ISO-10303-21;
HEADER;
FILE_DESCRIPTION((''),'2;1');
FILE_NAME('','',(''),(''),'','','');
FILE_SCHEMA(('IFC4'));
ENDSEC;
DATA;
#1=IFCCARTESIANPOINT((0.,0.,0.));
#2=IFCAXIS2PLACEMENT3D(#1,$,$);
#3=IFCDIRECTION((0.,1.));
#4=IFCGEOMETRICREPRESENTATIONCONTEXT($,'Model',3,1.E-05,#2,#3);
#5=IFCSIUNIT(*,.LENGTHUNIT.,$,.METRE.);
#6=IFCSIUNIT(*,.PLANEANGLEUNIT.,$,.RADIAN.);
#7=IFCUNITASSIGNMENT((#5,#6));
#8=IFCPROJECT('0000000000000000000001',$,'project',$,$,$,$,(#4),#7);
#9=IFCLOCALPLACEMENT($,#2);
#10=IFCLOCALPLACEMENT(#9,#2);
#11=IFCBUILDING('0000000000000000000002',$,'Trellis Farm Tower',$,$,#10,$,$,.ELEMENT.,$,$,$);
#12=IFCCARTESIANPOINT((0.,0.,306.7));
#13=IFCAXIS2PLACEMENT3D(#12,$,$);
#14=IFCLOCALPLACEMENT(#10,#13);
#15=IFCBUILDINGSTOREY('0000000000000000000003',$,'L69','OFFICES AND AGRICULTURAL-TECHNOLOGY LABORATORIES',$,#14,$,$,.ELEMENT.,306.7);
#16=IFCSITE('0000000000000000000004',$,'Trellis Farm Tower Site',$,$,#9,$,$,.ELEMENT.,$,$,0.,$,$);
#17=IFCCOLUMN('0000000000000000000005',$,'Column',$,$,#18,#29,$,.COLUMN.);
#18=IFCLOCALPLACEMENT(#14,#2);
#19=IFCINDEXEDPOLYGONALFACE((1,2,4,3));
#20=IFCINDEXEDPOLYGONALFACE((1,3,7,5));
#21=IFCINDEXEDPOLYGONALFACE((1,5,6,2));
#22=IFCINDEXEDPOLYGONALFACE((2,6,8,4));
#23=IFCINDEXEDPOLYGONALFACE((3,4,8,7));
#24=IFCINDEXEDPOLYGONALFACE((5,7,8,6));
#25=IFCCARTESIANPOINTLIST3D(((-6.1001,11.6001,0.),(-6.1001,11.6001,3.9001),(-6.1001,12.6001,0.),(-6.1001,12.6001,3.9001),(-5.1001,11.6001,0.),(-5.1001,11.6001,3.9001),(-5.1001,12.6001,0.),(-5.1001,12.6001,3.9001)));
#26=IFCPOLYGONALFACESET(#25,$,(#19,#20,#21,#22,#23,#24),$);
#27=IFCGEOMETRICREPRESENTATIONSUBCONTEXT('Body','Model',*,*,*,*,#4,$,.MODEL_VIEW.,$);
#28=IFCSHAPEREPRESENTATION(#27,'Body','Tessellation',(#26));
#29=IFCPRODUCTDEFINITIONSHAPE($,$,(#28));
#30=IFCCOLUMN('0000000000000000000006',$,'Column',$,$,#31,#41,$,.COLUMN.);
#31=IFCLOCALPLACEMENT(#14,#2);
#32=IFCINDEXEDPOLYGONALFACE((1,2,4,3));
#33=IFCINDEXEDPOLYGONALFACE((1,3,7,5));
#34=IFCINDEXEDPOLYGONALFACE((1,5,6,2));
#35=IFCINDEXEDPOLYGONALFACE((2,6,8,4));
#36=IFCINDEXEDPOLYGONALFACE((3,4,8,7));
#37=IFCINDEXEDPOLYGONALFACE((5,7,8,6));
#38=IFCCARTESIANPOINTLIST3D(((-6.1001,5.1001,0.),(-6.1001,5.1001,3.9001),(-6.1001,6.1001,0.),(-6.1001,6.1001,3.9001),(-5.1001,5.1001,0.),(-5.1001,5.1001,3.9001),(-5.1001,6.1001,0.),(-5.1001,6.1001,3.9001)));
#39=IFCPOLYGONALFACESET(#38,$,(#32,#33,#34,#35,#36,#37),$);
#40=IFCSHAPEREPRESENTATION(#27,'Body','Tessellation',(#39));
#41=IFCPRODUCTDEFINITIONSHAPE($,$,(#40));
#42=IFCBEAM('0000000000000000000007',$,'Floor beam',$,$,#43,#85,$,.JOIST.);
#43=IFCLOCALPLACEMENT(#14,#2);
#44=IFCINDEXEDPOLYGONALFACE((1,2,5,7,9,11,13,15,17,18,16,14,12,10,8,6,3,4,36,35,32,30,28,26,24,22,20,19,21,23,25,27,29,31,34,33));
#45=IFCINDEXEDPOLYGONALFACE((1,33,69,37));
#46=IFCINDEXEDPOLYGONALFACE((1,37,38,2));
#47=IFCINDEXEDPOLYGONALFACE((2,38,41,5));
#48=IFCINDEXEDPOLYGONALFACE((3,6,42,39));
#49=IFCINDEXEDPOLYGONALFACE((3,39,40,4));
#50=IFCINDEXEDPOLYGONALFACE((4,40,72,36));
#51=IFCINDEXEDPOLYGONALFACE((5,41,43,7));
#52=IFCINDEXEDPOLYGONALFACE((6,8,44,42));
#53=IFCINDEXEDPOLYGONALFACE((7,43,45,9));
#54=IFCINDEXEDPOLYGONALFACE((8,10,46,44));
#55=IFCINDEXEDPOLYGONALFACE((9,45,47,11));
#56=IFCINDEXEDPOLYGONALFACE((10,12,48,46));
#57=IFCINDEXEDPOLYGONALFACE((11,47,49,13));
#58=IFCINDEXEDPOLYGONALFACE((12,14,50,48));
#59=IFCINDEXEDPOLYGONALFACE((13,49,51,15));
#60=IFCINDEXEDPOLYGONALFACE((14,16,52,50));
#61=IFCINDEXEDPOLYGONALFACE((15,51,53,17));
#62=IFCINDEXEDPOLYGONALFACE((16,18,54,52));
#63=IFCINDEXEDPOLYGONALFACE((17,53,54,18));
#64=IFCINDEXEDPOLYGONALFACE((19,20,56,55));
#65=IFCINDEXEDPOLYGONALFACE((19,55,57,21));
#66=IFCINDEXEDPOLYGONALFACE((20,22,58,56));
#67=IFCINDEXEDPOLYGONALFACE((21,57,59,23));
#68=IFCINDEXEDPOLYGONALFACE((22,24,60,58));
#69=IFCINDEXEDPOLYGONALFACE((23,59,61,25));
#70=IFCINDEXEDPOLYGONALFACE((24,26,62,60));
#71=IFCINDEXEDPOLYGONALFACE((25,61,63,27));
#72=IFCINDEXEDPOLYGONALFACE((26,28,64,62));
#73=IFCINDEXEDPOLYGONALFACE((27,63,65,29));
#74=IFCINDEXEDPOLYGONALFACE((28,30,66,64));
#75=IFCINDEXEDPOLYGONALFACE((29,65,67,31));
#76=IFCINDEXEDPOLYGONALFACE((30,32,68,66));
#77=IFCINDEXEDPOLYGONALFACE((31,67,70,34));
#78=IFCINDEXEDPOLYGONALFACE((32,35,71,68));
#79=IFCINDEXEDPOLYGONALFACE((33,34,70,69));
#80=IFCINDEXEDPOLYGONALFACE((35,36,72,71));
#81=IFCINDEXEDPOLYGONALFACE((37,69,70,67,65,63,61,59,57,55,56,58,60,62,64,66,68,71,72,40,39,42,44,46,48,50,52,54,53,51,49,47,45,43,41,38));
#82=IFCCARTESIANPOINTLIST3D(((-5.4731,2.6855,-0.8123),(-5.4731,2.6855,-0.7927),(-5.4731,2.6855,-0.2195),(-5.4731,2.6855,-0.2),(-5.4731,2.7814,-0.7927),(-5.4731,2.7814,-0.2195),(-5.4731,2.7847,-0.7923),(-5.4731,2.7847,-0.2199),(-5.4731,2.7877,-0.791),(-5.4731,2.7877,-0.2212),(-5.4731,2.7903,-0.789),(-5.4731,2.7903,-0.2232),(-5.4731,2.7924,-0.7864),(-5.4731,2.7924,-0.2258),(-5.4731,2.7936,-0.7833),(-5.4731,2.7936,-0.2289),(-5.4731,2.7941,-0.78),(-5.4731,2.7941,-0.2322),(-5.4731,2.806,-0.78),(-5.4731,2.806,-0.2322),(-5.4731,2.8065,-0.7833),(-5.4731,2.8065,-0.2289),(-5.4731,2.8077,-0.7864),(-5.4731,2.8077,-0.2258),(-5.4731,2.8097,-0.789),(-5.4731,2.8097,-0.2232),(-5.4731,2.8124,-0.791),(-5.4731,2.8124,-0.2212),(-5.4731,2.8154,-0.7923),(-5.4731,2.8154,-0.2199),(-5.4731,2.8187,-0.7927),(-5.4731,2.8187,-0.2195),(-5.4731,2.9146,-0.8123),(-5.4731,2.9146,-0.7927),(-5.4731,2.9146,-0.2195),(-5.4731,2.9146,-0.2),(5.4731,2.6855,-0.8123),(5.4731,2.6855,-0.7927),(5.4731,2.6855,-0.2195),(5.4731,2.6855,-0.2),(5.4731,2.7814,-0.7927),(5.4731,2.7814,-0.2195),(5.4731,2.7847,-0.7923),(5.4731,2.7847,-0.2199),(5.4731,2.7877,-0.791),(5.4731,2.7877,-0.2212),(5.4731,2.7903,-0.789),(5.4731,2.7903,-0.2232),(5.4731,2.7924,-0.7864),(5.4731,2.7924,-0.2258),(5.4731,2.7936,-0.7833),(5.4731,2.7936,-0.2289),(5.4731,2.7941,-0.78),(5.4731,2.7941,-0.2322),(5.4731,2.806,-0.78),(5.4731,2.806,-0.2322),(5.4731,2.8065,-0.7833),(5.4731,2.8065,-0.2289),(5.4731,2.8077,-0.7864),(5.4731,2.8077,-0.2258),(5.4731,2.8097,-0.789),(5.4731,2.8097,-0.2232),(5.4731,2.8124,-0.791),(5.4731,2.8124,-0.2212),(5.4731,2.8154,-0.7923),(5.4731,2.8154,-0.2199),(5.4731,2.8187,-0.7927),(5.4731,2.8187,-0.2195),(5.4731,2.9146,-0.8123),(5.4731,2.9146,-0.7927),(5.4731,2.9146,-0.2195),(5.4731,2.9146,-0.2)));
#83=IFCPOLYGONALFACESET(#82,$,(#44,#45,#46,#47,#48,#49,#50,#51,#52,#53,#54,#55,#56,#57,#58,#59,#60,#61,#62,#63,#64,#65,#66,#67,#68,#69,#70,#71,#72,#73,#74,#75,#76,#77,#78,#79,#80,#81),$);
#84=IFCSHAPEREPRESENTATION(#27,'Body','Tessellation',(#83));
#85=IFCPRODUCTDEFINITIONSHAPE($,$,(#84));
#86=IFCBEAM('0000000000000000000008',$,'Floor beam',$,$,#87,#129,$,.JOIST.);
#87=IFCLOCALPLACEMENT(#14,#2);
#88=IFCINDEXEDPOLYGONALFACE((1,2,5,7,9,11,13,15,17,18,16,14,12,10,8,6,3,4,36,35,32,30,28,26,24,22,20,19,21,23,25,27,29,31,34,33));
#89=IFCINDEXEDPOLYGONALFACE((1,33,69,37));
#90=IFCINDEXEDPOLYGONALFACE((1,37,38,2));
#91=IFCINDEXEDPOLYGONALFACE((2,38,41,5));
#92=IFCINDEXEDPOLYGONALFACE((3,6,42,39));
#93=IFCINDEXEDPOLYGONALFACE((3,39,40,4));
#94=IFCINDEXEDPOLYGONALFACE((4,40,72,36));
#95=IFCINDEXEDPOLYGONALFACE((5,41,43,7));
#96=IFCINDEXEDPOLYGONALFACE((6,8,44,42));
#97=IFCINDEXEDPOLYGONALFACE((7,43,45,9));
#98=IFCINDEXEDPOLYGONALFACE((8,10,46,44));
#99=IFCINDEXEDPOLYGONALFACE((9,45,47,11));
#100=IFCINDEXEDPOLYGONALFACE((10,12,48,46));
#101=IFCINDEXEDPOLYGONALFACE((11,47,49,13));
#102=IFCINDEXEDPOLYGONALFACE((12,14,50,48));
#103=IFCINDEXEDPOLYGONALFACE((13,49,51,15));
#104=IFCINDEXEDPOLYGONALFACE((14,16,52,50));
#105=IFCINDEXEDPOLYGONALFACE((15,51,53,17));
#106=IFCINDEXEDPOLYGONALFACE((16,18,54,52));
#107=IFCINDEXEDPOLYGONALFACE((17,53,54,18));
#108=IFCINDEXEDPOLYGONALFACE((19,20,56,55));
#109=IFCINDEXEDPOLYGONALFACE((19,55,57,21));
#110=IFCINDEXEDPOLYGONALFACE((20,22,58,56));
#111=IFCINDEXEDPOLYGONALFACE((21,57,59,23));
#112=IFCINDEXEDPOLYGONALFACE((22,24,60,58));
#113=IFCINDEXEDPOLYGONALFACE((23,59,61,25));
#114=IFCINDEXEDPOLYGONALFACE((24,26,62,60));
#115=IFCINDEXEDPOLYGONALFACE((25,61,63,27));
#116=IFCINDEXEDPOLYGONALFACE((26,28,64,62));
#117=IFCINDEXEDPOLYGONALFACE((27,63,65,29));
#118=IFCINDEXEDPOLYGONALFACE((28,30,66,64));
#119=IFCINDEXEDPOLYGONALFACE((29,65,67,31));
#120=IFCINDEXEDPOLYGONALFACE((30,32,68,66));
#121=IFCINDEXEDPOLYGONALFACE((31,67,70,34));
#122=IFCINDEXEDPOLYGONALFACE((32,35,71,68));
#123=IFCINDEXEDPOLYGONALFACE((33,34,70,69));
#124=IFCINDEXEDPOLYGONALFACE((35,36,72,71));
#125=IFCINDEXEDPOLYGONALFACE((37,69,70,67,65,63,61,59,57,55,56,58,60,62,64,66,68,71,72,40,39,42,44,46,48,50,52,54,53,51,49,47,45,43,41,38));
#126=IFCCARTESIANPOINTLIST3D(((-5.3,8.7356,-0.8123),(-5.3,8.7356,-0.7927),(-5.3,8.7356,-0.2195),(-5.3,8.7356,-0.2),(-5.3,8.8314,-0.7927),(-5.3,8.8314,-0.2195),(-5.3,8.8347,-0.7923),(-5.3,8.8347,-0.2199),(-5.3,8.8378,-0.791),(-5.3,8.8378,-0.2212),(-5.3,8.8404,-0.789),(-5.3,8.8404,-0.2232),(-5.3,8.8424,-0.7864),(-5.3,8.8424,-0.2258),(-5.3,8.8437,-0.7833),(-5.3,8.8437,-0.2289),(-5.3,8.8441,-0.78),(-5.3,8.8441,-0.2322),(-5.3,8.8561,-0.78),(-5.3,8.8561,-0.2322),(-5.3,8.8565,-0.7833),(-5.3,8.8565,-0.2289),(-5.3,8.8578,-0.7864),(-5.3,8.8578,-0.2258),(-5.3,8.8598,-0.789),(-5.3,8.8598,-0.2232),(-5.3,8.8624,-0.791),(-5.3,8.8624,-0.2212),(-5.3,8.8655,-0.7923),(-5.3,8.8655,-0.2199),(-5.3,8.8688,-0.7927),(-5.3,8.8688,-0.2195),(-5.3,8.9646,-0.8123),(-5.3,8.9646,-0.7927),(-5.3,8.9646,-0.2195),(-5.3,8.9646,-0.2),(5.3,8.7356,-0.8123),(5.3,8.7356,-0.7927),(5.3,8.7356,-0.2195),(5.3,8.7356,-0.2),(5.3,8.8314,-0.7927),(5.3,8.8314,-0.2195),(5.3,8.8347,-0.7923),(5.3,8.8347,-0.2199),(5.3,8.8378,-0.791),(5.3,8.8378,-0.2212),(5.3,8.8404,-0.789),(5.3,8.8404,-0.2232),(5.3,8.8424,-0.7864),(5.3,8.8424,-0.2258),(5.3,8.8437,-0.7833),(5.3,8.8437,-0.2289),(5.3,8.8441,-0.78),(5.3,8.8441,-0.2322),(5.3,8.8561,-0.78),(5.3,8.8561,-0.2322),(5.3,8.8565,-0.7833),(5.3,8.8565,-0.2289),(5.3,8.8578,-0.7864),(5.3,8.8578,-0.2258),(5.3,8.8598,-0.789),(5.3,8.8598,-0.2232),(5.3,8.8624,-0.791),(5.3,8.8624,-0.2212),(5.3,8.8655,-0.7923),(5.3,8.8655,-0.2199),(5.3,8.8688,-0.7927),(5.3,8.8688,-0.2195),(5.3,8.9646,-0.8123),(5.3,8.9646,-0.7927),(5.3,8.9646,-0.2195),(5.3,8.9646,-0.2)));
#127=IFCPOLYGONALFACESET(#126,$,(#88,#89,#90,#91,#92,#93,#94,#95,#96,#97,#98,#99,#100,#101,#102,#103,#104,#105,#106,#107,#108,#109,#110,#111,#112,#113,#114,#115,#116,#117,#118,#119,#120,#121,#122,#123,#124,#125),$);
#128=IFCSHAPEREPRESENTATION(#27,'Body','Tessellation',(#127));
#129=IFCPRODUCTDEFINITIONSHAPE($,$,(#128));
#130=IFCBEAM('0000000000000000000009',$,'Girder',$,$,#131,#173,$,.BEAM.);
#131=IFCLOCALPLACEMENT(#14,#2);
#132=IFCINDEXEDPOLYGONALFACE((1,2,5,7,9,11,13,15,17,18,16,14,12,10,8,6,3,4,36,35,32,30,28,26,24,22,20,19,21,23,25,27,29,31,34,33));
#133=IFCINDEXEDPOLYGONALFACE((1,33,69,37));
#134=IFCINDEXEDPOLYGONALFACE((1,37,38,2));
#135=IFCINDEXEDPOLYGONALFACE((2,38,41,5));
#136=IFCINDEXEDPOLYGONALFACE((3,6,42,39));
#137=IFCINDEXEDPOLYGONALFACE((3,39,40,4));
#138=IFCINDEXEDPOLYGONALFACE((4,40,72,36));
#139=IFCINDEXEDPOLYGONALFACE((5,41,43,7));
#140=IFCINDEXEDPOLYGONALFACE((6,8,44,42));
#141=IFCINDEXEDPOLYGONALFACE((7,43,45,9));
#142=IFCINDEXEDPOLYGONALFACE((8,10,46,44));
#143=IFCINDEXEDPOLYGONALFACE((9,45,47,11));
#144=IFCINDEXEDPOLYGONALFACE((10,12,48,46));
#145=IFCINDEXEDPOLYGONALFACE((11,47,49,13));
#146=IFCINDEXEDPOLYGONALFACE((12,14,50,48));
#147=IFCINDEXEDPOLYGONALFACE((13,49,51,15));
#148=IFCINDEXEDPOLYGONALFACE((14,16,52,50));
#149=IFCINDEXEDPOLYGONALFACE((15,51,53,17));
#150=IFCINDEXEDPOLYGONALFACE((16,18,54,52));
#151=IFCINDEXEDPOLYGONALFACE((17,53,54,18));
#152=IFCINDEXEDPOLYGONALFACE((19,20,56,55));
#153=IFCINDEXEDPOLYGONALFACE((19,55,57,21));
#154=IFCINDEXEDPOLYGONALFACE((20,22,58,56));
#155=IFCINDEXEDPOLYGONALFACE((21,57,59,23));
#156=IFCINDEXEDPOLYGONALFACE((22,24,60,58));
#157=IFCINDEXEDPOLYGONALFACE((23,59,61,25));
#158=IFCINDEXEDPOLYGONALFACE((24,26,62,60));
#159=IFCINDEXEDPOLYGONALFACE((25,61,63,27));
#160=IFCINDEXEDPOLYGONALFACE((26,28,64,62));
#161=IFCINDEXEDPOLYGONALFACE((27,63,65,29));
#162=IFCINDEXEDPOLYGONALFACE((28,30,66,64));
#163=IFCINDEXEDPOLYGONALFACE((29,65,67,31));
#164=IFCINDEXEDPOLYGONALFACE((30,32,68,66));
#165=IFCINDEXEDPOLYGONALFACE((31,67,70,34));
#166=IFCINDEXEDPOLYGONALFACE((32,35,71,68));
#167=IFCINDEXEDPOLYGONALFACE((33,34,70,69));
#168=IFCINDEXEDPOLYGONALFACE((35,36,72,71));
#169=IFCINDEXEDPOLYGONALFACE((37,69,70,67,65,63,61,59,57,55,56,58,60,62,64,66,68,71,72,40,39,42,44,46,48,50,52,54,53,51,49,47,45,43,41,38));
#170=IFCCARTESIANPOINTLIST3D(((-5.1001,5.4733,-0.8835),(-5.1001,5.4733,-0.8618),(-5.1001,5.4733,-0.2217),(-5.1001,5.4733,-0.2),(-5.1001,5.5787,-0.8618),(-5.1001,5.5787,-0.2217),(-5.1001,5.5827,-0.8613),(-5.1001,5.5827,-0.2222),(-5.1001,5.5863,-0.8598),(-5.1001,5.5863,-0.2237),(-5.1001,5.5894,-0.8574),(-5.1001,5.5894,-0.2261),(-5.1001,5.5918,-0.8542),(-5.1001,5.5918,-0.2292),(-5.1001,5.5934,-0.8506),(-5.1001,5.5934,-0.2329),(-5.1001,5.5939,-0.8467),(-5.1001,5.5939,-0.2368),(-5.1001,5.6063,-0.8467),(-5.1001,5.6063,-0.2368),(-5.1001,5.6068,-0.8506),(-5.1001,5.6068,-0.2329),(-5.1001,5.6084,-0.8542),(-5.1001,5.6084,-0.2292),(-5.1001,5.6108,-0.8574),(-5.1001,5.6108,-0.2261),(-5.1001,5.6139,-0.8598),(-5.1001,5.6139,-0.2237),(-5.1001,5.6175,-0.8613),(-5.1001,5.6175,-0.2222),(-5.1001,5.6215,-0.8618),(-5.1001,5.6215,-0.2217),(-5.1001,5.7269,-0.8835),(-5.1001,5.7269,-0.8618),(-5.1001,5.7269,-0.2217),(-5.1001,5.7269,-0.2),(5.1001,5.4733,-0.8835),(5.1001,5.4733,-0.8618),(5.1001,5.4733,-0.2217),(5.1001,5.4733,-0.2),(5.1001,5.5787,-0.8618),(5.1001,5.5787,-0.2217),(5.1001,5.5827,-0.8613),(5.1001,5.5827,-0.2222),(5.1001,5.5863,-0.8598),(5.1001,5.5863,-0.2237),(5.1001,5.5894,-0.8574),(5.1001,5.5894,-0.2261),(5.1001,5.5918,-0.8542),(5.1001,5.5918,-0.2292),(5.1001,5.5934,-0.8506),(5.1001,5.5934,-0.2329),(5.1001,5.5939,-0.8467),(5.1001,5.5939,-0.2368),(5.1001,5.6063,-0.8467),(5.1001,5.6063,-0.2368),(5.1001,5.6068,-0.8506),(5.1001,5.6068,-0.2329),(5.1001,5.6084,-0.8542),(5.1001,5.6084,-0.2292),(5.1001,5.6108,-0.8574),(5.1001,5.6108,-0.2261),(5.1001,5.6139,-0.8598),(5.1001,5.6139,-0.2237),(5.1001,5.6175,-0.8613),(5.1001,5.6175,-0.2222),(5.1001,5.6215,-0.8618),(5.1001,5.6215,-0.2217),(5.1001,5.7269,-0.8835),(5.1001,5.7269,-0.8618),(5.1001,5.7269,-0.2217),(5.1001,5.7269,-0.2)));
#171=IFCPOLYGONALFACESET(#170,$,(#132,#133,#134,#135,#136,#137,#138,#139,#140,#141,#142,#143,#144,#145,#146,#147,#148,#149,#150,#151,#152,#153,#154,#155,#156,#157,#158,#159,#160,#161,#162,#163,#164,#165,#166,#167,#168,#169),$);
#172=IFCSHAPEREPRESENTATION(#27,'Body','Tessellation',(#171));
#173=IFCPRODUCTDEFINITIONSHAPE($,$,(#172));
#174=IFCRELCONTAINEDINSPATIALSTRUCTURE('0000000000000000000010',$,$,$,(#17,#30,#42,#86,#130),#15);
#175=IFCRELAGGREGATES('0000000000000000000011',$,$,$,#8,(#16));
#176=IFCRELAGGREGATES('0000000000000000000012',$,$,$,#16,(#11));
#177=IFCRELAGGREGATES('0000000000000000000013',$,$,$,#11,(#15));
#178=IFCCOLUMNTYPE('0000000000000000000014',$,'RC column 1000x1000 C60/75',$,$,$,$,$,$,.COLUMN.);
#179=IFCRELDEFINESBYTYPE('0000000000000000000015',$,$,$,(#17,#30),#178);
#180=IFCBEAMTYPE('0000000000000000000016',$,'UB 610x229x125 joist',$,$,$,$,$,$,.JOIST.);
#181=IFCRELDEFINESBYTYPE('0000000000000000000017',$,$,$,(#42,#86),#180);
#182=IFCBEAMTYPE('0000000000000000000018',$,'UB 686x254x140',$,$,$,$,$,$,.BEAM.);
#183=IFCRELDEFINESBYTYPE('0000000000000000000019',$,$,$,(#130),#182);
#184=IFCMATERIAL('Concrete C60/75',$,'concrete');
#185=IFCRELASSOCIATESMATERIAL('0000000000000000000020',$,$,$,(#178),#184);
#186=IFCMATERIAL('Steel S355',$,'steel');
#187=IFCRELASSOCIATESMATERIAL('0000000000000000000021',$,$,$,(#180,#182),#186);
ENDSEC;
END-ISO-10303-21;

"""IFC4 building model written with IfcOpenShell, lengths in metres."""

from ifc_helpers import new_model, si_unit, direction, frame, origin, origin_2d, place, context, subcontext, project, spatial, rectangle, i_section, extrude, source, transform, mapped, material, material_profile, profile_set, type_object, element, save


model = new_model("IFC4")

# Units and contexts
model_context = context("Model", 3, precision=1e-05, world=origin(), true_north=direction((0.0, 1.0)))
body_context = subcontext(model_context, "Body", "Model", "MODEL_VIEW")
ifc_project = project(units=[si_unit("LENGTHUNIT", "METRE"), si_unit("PLANEANGLEUNIT", "RADIAN")], contexts=[model_context])

# Site, building, storey
site_placement = place(None, origin())
site = spatial("IfcSite", under=ifc_project, at=site_placement, Name="Trellis Farm Tower Site", CompositionType="ELEMENT", RefElevation=0.0)
building_placement = place(site_placement, origin())
building = spatial("IfcBuilding", under=site, at=building_placement, Name="Trellis Farm Tower", CompositionType="ELEMENT")
storey_placement = place(building_placement, frame((0.0, 0.0, 306.7)))
storey = spatial("IfcBuildingStorey", under=building, at=storey_placement, Name="L69", Description="OFFICES AND AGRICULTURAL-TECHNOLOGY LABORATORIES", CompositionType="ELEMENT", Elevation=306.7)

# Columns
ifc_material_1 = material(Name="Concrete C60/75", Category="concrete")
ifc_material_profile_1 = material_profile(ifc_material_1, rectangle(XDim=1.0, YDim=1.0, at=origin_2d()), Name="RC column 1000x1000 C60/75")
ifc_profile_set_1 = profile_set([ifc_material_profile_1], Name="Concrete C60/75")
column_type = type_object("IfcColumnType", Name="RC column 1000x1000 C60/75", PredefinedType="COLUMN", material=ifc_profile_set_1)
shared_shape_1 = source(origin(), body_context, "Body", "SweptSolid", [
    extrude(rectangle(XDim=1.0, YDim=1.0, at=origin_2d()), origin(), (0.0, 0.0, 1.0), 3.9001),
])
for number, where, z_axis, x_axis, name in (
    (1, (-5.6001, 12.1001, 0.0), (0.0, 0.0, 1.0), (1.0, 0.0, 0.0), "Column"),
    (2, (-5.6001, 5.6001, 0.0), (0.0, 0.0, 1.0), (1.0, 0.0, 0.0), "Column"),
):
    element("IfcColumn", number, at=place(storey_placement, frame(where, z_axis=z_axis, x_axis=x_axis)), inside=storey, type_object=column_type, Name=name, PredefinedType="COLUMN", context=body_context, shape_type="MappedRepresentation", body=[
        mapped(shared_shape_1, transform((0.0, 0.0, 0.0))),
    ])

# Beams
ifc_material_2 = material(Name="Steel S355", Category="steel")
ifc_material_profile_2 = material_profile(ifc_material_2, i_section(OverallWidth=0.229, OverallDepth=0.6123, WebThickness=0.012, FlangeThickness=0.0195, FilletRadius=0.0127, at=origin_2d()), Name="UB 610x229x125")
ifc_profile_set_2 = profile_set([ifc_material_profile_2], Name="Steel S355")
beam_type_1 = type_object("IfcBeamType", Name="UB 610x229x125 joist", PredefinedType="JOIST", material=ifc_profile_set_2)
shared_shape_2 = source(origin(), body_context, "Body", "SweptSolid", [
    extrude(i_section(OverallWidth=0.229, OverallDepth=0.6123, WebThickness=0.012, FlangeThickness=0.0195, FilletRadius=0.0127, at=origin_2d()), origin(), (0.0, 0.0, 1.0), 10.9463),
])
beam_1_placement = place(storey_placement, frame((-5.4731, 2.8, -0.5061), z_axis=(1.0, 0.0, 0.0), x_axis=(0.0, 1.0, 0.0)))
element("IfcBeam", 3, at=beam_1_placement, inside=storey, type_object=beam_type_1, Name="Floor beam", PredefinedType="JOIST", context=body_context, shape_type="MappedRepresentation", body=[
    mapped(shared_shape_2, transform((0.0, 0.0, 0.0))),
])
shared_shape_3 = source(origin(), body_context, "Body", "SweptSolid", [
    extrude(i_section(OverallWidth=0.229, OverallDepth=0.6123, WebThickness=0.012, FlangeThickness=0.0195, FilletRadius=0.0127, at=origin_2d()), origin(), (0.0, 0.0, 1.0), 10.6001),
])
beam_2_placement = place(storey_placement, frame((-5.3, 8.8501, -0.5061), z_axis=(1.0, 0.0, 0.0), x_axis=(0.0, 1.0, 0.0)))
element("IfcBeam", 4, at=beam_2_placement, inside=storey, type_object=beam_type_1, Name="Floor beam", PredefinedType="JOIST", context=body_context, shape_type="MappedRepresentation", body=[
    mapped(shared_shape_3, transform((0.0, 0.0, 0.0))),
])
ifc_material_profile_3 = material_profile(ifc_material_2, i_section(OverallWidth=0.2537, OverallDepth=0.6836, WebThickness=0.0125, FlangeThickness=0.0217, FilletRadius=0.0151, at=origin_2d()), Name="UB 686x254x140")
ifc_profile_set_3 = profile_set([ifc_material_profile_3], Name="Steel S355")
beam_type_2 = type_object("IfcBeamType", Name="UB 686x254x140", PredefinedType="BEAM", material=ifc_profile_set_3)
shared_shape_4 = source(origin(), body_context, "Body", "SweptSolid", [
    extrude(i_section(OverallWidth=0.2537, OverallDepth=0.6836, WebThickness=0.0125, FlangeThickness=0.0217, FilletRadius=0.0151, at=origin_2d()), origin(), (0.0, 0.0, 1.0), 10.2002),
])
for number, where, z_axis, x_axis, name in (
    (5, (-5.1001, 5.6001, -0.5417), (1.0, 0.0, 0.0), (0.0, 1.0, 0.0), "Girder"),
):
    element("IfcBeam", number, at=place(storey_placement, frame(where, z_axis=z_axis, x_axis=x_axis)), inside=storey, type_object=beam_type_2, Name=name, PredefinedType="BEAM", context=body_context, shape_type="MappedRepresentation", body=[
        mapped(shared_shape_4, transform((0.0, 0.0, 0.0))),
    ])

save(model, "model.ifc")
